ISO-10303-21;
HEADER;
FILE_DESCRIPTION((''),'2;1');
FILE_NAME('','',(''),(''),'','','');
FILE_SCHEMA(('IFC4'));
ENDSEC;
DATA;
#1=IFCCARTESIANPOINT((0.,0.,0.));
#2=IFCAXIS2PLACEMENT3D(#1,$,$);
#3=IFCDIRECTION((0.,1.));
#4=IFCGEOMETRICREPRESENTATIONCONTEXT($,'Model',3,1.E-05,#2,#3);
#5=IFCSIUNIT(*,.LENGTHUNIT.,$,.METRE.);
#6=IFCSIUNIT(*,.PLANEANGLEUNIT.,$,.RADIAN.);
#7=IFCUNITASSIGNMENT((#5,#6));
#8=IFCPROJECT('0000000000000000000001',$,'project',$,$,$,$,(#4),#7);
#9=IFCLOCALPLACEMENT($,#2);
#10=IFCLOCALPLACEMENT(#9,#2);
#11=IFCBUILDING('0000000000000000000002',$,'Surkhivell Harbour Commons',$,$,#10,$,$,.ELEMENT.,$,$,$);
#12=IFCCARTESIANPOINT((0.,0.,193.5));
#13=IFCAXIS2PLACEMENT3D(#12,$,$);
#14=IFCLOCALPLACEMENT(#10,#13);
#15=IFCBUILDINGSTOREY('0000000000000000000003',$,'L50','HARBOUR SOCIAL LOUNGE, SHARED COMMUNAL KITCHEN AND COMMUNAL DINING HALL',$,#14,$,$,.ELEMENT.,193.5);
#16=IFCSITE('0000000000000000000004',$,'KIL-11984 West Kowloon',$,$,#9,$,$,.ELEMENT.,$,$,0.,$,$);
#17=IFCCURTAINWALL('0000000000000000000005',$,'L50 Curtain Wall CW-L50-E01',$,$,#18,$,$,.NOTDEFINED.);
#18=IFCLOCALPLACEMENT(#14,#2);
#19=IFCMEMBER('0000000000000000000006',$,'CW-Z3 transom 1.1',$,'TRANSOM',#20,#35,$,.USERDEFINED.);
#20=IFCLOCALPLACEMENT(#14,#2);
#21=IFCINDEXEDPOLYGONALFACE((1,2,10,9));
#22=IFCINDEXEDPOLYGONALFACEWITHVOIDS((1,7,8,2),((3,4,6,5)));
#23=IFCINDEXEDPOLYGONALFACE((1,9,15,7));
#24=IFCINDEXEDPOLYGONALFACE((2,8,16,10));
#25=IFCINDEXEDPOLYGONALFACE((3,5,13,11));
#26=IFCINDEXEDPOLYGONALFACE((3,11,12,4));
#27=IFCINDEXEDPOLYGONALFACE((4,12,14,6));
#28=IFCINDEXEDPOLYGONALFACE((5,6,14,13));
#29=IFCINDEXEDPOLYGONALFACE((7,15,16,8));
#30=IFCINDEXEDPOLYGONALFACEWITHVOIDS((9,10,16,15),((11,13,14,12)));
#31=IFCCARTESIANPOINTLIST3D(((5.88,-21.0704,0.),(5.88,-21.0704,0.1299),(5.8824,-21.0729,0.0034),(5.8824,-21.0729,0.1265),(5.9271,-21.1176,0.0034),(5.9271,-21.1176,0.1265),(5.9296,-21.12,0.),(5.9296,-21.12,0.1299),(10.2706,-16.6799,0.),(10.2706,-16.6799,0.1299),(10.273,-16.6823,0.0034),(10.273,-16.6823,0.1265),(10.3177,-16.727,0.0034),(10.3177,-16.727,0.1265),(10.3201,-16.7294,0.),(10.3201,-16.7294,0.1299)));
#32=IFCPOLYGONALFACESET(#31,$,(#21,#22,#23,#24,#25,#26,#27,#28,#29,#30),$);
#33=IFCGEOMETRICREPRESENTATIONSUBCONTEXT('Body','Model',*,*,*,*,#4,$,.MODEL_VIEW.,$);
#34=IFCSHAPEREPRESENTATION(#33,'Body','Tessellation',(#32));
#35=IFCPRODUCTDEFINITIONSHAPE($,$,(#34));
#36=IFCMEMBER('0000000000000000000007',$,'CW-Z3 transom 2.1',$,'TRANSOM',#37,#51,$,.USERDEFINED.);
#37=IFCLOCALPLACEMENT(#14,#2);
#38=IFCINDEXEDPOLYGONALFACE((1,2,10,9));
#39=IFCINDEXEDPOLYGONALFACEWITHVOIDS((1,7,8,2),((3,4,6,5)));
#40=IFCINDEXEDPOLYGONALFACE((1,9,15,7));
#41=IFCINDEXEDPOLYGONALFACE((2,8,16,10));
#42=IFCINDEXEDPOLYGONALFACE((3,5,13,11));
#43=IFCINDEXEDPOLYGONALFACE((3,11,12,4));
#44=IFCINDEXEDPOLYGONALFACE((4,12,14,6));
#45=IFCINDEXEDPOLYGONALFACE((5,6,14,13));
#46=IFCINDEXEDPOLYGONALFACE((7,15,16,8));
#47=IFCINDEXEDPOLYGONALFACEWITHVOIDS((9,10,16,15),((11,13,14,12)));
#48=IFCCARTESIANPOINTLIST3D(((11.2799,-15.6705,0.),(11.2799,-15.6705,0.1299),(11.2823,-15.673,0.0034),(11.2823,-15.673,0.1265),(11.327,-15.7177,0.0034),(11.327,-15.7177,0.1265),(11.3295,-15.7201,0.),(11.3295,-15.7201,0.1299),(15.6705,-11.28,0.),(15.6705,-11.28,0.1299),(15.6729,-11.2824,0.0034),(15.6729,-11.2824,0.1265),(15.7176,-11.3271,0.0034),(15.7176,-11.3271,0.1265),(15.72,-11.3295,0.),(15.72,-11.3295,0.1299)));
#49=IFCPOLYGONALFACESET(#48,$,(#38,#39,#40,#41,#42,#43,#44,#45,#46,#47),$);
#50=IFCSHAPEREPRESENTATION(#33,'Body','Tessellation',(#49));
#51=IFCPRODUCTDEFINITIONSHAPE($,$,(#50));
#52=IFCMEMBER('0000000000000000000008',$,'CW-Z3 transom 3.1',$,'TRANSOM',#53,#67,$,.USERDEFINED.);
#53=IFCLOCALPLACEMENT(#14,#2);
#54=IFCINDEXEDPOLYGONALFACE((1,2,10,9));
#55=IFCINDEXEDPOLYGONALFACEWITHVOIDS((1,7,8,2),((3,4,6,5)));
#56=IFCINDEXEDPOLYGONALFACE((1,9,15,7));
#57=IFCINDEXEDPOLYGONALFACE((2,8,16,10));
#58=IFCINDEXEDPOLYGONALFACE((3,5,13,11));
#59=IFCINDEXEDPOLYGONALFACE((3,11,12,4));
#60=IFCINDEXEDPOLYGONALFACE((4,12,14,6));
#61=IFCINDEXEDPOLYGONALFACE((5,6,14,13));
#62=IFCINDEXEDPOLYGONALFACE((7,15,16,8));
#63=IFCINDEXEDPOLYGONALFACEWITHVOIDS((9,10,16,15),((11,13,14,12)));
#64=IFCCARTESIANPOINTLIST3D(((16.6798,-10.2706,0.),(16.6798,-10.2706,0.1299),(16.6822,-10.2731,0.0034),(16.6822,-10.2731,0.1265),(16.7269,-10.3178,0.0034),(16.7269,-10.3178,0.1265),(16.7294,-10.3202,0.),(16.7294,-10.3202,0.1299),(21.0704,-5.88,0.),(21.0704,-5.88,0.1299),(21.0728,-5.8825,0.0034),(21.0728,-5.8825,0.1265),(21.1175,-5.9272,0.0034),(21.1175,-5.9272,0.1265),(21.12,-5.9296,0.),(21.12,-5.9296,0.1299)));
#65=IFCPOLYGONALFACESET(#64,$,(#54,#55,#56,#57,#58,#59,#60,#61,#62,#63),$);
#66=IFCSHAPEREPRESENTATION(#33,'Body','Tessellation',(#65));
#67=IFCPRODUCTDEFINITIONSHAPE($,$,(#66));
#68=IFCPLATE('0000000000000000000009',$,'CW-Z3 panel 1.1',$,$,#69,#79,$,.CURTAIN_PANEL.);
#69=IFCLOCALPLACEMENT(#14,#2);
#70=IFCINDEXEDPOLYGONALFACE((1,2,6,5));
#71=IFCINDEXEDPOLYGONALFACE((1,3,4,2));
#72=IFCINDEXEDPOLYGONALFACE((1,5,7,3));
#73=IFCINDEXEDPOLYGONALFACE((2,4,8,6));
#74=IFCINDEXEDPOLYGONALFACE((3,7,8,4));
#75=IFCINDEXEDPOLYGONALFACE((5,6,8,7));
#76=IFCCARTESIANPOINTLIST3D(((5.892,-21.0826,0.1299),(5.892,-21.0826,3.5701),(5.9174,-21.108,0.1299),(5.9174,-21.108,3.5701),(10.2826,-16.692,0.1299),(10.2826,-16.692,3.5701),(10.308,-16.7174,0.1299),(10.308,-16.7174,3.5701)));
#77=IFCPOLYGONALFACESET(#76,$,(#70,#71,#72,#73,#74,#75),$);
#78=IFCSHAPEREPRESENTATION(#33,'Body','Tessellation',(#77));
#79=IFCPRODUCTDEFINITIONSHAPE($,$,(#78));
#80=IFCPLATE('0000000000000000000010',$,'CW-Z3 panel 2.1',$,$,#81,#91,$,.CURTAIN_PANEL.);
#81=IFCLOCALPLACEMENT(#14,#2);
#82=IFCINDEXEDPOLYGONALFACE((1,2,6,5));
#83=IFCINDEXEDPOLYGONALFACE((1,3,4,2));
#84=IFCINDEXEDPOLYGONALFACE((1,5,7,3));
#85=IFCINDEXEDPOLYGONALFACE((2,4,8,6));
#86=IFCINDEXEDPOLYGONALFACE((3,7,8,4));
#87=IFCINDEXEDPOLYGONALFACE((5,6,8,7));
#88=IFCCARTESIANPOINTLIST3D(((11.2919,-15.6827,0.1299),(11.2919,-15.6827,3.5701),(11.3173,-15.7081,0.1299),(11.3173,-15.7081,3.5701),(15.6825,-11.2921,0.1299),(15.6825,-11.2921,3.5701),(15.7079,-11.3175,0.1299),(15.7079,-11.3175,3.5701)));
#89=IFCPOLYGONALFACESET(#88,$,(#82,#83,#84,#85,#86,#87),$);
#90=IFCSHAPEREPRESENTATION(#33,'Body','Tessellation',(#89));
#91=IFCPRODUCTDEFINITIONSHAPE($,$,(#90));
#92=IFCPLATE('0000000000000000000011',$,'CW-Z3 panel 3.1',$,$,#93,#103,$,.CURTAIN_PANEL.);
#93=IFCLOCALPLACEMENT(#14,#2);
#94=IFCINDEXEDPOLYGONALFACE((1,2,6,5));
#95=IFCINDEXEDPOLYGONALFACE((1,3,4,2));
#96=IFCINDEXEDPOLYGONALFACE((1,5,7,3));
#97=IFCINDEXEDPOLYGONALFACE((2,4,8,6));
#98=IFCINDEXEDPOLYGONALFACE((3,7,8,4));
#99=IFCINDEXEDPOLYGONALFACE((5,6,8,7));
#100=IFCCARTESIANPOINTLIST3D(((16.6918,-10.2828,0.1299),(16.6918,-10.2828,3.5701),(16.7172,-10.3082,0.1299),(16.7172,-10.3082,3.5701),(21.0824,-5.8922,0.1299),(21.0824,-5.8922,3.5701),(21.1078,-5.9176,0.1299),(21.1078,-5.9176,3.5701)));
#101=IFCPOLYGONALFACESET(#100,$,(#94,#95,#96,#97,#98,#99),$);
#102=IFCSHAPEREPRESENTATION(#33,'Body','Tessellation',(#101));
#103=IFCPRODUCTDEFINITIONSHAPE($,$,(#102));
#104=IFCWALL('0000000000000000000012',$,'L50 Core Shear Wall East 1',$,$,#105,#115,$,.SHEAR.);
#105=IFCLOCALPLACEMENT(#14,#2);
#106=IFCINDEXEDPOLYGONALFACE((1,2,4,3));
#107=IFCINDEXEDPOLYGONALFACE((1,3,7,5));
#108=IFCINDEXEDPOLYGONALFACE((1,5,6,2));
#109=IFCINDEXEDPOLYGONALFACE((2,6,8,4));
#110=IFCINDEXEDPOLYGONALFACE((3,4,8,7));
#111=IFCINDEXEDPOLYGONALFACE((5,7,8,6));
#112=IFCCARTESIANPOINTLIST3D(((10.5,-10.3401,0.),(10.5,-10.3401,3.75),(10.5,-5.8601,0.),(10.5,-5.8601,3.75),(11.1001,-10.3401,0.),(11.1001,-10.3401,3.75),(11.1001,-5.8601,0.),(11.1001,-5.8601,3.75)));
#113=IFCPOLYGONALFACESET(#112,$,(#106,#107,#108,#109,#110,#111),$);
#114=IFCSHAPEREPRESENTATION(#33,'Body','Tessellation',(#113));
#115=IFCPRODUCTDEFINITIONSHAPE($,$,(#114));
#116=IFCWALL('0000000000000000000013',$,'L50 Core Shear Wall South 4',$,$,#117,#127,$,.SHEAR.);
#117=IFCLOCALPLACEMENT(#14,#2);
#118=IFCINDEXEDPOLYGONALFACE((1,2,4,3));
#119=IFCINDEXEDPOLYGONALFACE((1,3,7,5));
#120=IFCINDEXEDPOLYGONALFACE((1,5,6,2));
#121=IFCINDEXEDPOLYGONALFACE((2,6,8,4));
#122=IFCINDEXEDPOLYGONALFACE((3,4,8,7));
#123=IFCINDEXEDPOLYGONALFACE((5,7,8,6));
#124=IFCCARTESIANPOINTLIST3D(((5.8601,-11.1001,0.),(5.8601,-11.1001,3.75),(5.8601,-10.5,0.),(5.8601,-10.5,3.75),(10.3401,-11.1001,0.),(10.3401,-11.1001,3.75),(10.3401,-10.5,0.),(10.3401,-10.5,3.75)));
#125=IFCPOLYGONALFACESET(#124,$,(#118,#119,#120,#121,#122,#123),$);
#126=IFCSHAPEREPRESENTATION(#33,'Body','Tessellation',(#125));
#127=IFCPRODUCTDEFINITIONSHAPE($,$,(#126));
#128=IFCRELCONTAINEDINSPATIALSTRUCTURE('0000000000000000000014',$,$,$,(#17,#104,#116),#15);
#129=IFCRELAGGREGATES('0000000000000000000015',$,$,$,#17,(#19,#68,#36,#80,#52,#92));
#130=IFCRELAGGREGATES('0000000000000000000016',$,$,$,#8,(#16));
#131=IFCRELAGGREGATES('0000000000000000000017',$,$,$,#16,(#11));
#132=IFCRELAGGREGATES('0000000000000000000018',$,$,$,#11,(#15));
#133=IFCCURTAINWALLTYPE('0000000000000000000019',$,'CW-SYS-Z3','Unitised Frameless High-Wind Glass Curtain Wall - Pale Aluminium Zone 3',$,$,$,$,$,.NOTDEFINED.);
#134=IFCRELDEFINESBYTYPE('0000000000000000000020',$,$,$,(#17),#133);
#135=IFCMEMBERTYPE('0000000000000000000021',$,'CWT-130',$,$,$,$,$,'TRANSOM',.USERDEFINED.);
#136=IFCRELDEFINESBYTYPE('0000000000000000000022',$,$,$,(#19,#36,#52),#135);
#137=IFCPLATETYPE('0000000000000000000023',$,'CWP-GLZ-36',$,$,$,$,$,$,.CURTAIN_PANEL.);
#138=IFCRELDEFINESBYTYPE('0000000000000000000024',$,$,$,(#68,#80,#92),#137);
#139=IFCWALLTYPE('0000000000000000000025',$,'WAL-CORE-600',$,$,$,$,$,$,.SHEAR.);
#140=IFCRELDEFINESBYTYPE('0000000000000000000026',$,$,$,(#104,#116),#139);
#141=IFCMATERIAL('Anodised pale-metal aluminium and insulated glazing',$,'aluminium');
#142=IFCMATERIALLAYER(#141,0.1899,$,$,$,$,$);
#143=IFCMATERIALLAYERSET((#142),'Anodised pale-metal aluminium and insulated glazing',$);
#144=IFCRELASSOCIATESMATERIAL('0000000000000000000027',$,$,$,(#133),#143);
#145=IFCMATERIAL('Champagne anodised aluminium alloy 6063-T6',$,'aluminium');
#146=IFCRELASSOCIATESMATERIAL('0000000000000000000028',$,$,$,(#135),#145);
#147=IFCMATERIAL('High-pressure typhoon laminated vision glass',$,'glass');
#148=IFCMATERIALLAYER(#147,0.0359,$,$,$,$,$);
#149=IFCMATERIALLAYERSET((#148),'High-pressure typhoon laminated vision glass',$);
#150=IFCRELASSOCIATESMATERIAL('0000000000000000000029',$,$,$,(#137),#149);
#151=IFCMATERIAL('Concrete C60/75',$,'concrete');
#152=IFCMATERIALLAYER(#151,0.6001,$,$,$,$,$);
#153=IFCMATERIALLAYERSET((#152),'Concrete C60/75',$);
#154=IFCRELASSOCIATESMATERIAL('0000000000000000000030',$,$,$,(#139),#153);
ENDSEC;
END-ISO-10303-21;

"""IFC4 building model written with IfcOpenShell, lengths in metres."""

from ifc_helpers import new_model, si_unit, direction, frame, frame_2d, origin, origin_2d, place, context, subcontext, project, spatial, rectangle, hollow_rectangle, extrude, material, layer, layer_set, material_profile, profile_set, type_object, element, aggregate, save


model = new_model("IFC4")

# Units and contexts
model_context = context("Model", 3, precision=1e-05, world=origin(), true_north=direction((0.0, 1.0)))
body_context = subcontext(model_context, "Body", "Model", "MODEL_VIEW")
ifc_project = project(units=[si_unit("LENGTHUNIT", "METRE"), si_unit("PLANEANGLEUNIT", "RADIAN")], contexts=[model_context])

# Site, building, storey
site_placement = place(None, origin())
site = spatial("IfcSite", under=ifc_project, at=site_placement, Name="KIL-11984 West Kowloon", CompositionType="ELEMENT", RefElevation=0.0)
building_placement = place(site_placement, origin())
building = spatial("IfcBuilding", under=site, at=building_placement, Name="Surkhivell Harbour Commons", CompositionType="ELEMENT")
storey_placement = place(building_placement, frame((0.0, 0.0, 193.5)))
storey = spatial("IfcBuildingStorey", under=building, at=storey_placement, Name="L50", Description="HARBOUR SOCIAL LOUNGE, SHARED COMMUNAL KITCHEN AND COMMUNAL DINING HALL", CompositionType="ELEMENT", Elevation=193.5)

# Shared definitions
ifc_material_1 = material(Name="Concrete C60/75", Category="concrete")

# Curtain wall, members, plates
ifc_material_2 = material(Name="Anodised pale-metal aluminium and insulated glazing", Category="aluminium")
ifc_layer_1 = layer(ifc_material_2, 0.1899)
ifc_layer_set_1 = layer_set([ifc_layer_1], Name="Anodised pale-metal aluminium and insulated glazing")
curtain_wall_type = type_object("IfcCurtainWallType", Name="CW-SYS-Z3", Description="Unitised Frameless High-Wind Glass Curtain Wall - Pale Aluminium Zone 3", PredefinedType="NOTDEFINED", material=ifc_layer_set_1)
curtain_wall_placement = place(storey_placement, origin())
curtain_wall = element("IfcCurtainWall", 1, at=curtain_wall_placement, inside=storey, type_object=curtain_wall_type, Name="L50 Curtain Wall CW-L50-E01", PredefinedType="NOTDEFINED")
ifc_material_3 = material(Name="Champagne anodised aluminium alloy 6063-T6", Category="aluminium")
ifc_material_profile_1 = material_profile(ifc_material_3, hollow_rectangle(XDim=0.0701, YDim=0.1299, WallThickness=0.0034, at=origin_2d()), Name="ALU-TRAN-70x130")
ifc_profile_set_1 = profile_set([ifc_material_profile_1], Name="Champagne anodised aluminium alloy 6063-T6")
member_type_1 = type_object("IfcMemberType", Name="CWT-130", ElementType="TRANSOM", PredefinedType="USERDEFINED", material=ifc_profile_set_1)
member_1_placement = place(storey_placement, frame((5.9048, -21.0952, 0.0649), z_axis=(0.707107, 0.707107, 0.0), x_axis=(-0.707107, 0.707107, 0.0)))
member_1 = element("IfcMember", 2, at=member_1_placement, type_object=member_type_1, Name="CW-Z3 transom 1.1", ObjectType="TRANSOM", PredefinedType="USERDEFINED", context=body_context, shape_type="SweptSolid", body=[
    extrude(hollow_rectangle(XDim=0.0701, YDim=0.1299, WallThickness=0.0034, at=origin_2d()), origin(), (0.0, 0.0, 1.0), 6.2092),
])
member_2_placement = place(storey_placement, frame((11.3047, -15.6953, 0.0649), z_axis=(0.707107, 0.707107, 0.0), x_axis=(-0.707107, 0.707107, 0.0)))
member_2 = element("IfcMember", 3, at=member_2_placement, type_object=member_type_1, Name="CW-Z3 transom 2.1", ObjectType="TRANSOM", PredefinedType="USERDEFINED", context=body_context, shape_type="SweptSolid", body=[
    extrude(hollow_rectangle(XDim=0.0701, YDim=0.1299, WallThickness=0.0034, at=origin_2d()), origin(), (0.0, 0.0, 1.0), 6.2092),
])
member_3_placement = place(storey_placement, frame((16.7046, -10.2954, 0.0649), z_axis=(0.707107, 0.707107, 0.0), x_axis=(-0.707107, 0.707107, 0.0)))
member_3 = element("IfcMember", 4, at=member_3_placement, type_object=member_type_1, Name="CW-Z3 transom 3.1", ObjectType="TRANSOM", PredefinedType="USERDEFINED", context=body_context, shape_type="SweptSolid", body=[
    extrude(hollow_rectangle(XDim=0.0701, YDim=0.1299, WallThickness=0.0034, at=origin_2d()), origin(), (0.0, 0.0, 1.0), 6.2092),
])
ifc_material_4 = material(Name="High-pressure typhoon laminated vision glass", Category="glass")
ifc_layer_2 = layer(ifc_material_4, 0.0359)
ifc_layer_set_2 = layer_set([ifc_layer_2], Name="High-pressure typhoon laminated vision glass")
plate_type = type_object("IfcPlateType", Name="CWP-GLZ-36", PredefinedType="CURTAIN_PANEL", material=ifc_layer_set_2)
plate_1_placement = place(storey_placement, frame((5.9048, -21.0952, 0.1299), z_axis=(0.0, 0.0, 1.0), x_axis=(0.707107, 0.707107, 0.0)))
plate_1 = element("IfcPlate", 5, at=plate_1_placement, type_object=plate_type, Name="CW-Z3 panel 1.1", PredefinedType="CURTAIN_PANEL", context=body_context, shape_type="SweptSolid", body=[
    extrude(rectangle(XDim=6.2092, YDim=0.0359, at=frame_2d((3.1045, 0.0))), origin(), (0.0, 0.0, 1.0), 3.4402),
])
plate_2_placement = place(storey_placement, frame((11.3047, -15.6953, 0.1299), z_axis=(0.0, 0.0, 1.0), x_axis=(0.707107, 0.707107, 0.0)))
plate_2 = element("IfcPlate", 6, at=plate_2_placement, type_object=plate_type, Name="CW-Z3 panel 2.1", PredefinedType="CURTAIN_PANEL", context=body_context, shape_type="SweptSolid", body=[
    extrude(rectangle(XDim=6.2092, YDim=0.0359, at=frame_2d((3.1045, 0.0))), origin(), (0.0, 0.0, 1.0), 3.4402),
])
plate_3_placement = place(storey_placement, frame((16.7046, -10.2954, 0.1299), z_axis=(0.0, 0.0, 1.0), x_axis=(0.707107, 0.707107, 0.0)))
plate_3 = element("IfcPlate", 7, at=plate_3_placement, type_object=plate_type, Name="CW-Z3 panel 3.1", PredefinedType="CURTAIN_PANEL", context=body_context, shape_type="SweptSolid", body=[
    extrude(rectangle(XDim=6.2092, YDim=0.0359, at=frame_2d((3.1045, 0.0))), origin(), (0.0, 0.0, 1.0), 3.4402),
])
aggregate(curtain_wall, [member_1, plate_1, member_2, plate_2, member_3, plate_3])

# Walls
ifc_layer_3 = layer(ifc_material_1, 0.6001)
ifc_layer_set_3 = layer_set([ifc_layer_3], Name="Concrete C60/75")
wall_type_1 = type_object("IfcWallType", Name="WAL-CORE-600", PredefinedType="SHEAR", material=ifc_layer_set_3)
for number, where, z_axis, x_axis, name in (
    (8, (10.8, -10.3401, 0.0), (0.0, 0.0, 1.0), (0.0, 1.0, 0.0), "L50 Core Shear Wall East 1"),
    (9, (5.8601, -10.8, 0.0), (0.0, 0.0, 1.0), (1.0, 0.0, 0.0), "L50 Core Shear Wall South 4"),
):
    element("IfcWall", number, at=place(storey_placement, frame(where, z_axis=z_axis, x_axis=x_axis)), inside=storey, type_object=wall_type_1, Name=name, PredefinedType="SHEAR", context=body_context, shape_type="SweptSolid", body=[
        extrude(rectangle(XDim=4.48, YDim=0.6001, at=frame_2d((2.24, 0.0))), origin(), (0.0, 0.0, 1.0), 3.75),
    ])

save(model, "model.ifc")
